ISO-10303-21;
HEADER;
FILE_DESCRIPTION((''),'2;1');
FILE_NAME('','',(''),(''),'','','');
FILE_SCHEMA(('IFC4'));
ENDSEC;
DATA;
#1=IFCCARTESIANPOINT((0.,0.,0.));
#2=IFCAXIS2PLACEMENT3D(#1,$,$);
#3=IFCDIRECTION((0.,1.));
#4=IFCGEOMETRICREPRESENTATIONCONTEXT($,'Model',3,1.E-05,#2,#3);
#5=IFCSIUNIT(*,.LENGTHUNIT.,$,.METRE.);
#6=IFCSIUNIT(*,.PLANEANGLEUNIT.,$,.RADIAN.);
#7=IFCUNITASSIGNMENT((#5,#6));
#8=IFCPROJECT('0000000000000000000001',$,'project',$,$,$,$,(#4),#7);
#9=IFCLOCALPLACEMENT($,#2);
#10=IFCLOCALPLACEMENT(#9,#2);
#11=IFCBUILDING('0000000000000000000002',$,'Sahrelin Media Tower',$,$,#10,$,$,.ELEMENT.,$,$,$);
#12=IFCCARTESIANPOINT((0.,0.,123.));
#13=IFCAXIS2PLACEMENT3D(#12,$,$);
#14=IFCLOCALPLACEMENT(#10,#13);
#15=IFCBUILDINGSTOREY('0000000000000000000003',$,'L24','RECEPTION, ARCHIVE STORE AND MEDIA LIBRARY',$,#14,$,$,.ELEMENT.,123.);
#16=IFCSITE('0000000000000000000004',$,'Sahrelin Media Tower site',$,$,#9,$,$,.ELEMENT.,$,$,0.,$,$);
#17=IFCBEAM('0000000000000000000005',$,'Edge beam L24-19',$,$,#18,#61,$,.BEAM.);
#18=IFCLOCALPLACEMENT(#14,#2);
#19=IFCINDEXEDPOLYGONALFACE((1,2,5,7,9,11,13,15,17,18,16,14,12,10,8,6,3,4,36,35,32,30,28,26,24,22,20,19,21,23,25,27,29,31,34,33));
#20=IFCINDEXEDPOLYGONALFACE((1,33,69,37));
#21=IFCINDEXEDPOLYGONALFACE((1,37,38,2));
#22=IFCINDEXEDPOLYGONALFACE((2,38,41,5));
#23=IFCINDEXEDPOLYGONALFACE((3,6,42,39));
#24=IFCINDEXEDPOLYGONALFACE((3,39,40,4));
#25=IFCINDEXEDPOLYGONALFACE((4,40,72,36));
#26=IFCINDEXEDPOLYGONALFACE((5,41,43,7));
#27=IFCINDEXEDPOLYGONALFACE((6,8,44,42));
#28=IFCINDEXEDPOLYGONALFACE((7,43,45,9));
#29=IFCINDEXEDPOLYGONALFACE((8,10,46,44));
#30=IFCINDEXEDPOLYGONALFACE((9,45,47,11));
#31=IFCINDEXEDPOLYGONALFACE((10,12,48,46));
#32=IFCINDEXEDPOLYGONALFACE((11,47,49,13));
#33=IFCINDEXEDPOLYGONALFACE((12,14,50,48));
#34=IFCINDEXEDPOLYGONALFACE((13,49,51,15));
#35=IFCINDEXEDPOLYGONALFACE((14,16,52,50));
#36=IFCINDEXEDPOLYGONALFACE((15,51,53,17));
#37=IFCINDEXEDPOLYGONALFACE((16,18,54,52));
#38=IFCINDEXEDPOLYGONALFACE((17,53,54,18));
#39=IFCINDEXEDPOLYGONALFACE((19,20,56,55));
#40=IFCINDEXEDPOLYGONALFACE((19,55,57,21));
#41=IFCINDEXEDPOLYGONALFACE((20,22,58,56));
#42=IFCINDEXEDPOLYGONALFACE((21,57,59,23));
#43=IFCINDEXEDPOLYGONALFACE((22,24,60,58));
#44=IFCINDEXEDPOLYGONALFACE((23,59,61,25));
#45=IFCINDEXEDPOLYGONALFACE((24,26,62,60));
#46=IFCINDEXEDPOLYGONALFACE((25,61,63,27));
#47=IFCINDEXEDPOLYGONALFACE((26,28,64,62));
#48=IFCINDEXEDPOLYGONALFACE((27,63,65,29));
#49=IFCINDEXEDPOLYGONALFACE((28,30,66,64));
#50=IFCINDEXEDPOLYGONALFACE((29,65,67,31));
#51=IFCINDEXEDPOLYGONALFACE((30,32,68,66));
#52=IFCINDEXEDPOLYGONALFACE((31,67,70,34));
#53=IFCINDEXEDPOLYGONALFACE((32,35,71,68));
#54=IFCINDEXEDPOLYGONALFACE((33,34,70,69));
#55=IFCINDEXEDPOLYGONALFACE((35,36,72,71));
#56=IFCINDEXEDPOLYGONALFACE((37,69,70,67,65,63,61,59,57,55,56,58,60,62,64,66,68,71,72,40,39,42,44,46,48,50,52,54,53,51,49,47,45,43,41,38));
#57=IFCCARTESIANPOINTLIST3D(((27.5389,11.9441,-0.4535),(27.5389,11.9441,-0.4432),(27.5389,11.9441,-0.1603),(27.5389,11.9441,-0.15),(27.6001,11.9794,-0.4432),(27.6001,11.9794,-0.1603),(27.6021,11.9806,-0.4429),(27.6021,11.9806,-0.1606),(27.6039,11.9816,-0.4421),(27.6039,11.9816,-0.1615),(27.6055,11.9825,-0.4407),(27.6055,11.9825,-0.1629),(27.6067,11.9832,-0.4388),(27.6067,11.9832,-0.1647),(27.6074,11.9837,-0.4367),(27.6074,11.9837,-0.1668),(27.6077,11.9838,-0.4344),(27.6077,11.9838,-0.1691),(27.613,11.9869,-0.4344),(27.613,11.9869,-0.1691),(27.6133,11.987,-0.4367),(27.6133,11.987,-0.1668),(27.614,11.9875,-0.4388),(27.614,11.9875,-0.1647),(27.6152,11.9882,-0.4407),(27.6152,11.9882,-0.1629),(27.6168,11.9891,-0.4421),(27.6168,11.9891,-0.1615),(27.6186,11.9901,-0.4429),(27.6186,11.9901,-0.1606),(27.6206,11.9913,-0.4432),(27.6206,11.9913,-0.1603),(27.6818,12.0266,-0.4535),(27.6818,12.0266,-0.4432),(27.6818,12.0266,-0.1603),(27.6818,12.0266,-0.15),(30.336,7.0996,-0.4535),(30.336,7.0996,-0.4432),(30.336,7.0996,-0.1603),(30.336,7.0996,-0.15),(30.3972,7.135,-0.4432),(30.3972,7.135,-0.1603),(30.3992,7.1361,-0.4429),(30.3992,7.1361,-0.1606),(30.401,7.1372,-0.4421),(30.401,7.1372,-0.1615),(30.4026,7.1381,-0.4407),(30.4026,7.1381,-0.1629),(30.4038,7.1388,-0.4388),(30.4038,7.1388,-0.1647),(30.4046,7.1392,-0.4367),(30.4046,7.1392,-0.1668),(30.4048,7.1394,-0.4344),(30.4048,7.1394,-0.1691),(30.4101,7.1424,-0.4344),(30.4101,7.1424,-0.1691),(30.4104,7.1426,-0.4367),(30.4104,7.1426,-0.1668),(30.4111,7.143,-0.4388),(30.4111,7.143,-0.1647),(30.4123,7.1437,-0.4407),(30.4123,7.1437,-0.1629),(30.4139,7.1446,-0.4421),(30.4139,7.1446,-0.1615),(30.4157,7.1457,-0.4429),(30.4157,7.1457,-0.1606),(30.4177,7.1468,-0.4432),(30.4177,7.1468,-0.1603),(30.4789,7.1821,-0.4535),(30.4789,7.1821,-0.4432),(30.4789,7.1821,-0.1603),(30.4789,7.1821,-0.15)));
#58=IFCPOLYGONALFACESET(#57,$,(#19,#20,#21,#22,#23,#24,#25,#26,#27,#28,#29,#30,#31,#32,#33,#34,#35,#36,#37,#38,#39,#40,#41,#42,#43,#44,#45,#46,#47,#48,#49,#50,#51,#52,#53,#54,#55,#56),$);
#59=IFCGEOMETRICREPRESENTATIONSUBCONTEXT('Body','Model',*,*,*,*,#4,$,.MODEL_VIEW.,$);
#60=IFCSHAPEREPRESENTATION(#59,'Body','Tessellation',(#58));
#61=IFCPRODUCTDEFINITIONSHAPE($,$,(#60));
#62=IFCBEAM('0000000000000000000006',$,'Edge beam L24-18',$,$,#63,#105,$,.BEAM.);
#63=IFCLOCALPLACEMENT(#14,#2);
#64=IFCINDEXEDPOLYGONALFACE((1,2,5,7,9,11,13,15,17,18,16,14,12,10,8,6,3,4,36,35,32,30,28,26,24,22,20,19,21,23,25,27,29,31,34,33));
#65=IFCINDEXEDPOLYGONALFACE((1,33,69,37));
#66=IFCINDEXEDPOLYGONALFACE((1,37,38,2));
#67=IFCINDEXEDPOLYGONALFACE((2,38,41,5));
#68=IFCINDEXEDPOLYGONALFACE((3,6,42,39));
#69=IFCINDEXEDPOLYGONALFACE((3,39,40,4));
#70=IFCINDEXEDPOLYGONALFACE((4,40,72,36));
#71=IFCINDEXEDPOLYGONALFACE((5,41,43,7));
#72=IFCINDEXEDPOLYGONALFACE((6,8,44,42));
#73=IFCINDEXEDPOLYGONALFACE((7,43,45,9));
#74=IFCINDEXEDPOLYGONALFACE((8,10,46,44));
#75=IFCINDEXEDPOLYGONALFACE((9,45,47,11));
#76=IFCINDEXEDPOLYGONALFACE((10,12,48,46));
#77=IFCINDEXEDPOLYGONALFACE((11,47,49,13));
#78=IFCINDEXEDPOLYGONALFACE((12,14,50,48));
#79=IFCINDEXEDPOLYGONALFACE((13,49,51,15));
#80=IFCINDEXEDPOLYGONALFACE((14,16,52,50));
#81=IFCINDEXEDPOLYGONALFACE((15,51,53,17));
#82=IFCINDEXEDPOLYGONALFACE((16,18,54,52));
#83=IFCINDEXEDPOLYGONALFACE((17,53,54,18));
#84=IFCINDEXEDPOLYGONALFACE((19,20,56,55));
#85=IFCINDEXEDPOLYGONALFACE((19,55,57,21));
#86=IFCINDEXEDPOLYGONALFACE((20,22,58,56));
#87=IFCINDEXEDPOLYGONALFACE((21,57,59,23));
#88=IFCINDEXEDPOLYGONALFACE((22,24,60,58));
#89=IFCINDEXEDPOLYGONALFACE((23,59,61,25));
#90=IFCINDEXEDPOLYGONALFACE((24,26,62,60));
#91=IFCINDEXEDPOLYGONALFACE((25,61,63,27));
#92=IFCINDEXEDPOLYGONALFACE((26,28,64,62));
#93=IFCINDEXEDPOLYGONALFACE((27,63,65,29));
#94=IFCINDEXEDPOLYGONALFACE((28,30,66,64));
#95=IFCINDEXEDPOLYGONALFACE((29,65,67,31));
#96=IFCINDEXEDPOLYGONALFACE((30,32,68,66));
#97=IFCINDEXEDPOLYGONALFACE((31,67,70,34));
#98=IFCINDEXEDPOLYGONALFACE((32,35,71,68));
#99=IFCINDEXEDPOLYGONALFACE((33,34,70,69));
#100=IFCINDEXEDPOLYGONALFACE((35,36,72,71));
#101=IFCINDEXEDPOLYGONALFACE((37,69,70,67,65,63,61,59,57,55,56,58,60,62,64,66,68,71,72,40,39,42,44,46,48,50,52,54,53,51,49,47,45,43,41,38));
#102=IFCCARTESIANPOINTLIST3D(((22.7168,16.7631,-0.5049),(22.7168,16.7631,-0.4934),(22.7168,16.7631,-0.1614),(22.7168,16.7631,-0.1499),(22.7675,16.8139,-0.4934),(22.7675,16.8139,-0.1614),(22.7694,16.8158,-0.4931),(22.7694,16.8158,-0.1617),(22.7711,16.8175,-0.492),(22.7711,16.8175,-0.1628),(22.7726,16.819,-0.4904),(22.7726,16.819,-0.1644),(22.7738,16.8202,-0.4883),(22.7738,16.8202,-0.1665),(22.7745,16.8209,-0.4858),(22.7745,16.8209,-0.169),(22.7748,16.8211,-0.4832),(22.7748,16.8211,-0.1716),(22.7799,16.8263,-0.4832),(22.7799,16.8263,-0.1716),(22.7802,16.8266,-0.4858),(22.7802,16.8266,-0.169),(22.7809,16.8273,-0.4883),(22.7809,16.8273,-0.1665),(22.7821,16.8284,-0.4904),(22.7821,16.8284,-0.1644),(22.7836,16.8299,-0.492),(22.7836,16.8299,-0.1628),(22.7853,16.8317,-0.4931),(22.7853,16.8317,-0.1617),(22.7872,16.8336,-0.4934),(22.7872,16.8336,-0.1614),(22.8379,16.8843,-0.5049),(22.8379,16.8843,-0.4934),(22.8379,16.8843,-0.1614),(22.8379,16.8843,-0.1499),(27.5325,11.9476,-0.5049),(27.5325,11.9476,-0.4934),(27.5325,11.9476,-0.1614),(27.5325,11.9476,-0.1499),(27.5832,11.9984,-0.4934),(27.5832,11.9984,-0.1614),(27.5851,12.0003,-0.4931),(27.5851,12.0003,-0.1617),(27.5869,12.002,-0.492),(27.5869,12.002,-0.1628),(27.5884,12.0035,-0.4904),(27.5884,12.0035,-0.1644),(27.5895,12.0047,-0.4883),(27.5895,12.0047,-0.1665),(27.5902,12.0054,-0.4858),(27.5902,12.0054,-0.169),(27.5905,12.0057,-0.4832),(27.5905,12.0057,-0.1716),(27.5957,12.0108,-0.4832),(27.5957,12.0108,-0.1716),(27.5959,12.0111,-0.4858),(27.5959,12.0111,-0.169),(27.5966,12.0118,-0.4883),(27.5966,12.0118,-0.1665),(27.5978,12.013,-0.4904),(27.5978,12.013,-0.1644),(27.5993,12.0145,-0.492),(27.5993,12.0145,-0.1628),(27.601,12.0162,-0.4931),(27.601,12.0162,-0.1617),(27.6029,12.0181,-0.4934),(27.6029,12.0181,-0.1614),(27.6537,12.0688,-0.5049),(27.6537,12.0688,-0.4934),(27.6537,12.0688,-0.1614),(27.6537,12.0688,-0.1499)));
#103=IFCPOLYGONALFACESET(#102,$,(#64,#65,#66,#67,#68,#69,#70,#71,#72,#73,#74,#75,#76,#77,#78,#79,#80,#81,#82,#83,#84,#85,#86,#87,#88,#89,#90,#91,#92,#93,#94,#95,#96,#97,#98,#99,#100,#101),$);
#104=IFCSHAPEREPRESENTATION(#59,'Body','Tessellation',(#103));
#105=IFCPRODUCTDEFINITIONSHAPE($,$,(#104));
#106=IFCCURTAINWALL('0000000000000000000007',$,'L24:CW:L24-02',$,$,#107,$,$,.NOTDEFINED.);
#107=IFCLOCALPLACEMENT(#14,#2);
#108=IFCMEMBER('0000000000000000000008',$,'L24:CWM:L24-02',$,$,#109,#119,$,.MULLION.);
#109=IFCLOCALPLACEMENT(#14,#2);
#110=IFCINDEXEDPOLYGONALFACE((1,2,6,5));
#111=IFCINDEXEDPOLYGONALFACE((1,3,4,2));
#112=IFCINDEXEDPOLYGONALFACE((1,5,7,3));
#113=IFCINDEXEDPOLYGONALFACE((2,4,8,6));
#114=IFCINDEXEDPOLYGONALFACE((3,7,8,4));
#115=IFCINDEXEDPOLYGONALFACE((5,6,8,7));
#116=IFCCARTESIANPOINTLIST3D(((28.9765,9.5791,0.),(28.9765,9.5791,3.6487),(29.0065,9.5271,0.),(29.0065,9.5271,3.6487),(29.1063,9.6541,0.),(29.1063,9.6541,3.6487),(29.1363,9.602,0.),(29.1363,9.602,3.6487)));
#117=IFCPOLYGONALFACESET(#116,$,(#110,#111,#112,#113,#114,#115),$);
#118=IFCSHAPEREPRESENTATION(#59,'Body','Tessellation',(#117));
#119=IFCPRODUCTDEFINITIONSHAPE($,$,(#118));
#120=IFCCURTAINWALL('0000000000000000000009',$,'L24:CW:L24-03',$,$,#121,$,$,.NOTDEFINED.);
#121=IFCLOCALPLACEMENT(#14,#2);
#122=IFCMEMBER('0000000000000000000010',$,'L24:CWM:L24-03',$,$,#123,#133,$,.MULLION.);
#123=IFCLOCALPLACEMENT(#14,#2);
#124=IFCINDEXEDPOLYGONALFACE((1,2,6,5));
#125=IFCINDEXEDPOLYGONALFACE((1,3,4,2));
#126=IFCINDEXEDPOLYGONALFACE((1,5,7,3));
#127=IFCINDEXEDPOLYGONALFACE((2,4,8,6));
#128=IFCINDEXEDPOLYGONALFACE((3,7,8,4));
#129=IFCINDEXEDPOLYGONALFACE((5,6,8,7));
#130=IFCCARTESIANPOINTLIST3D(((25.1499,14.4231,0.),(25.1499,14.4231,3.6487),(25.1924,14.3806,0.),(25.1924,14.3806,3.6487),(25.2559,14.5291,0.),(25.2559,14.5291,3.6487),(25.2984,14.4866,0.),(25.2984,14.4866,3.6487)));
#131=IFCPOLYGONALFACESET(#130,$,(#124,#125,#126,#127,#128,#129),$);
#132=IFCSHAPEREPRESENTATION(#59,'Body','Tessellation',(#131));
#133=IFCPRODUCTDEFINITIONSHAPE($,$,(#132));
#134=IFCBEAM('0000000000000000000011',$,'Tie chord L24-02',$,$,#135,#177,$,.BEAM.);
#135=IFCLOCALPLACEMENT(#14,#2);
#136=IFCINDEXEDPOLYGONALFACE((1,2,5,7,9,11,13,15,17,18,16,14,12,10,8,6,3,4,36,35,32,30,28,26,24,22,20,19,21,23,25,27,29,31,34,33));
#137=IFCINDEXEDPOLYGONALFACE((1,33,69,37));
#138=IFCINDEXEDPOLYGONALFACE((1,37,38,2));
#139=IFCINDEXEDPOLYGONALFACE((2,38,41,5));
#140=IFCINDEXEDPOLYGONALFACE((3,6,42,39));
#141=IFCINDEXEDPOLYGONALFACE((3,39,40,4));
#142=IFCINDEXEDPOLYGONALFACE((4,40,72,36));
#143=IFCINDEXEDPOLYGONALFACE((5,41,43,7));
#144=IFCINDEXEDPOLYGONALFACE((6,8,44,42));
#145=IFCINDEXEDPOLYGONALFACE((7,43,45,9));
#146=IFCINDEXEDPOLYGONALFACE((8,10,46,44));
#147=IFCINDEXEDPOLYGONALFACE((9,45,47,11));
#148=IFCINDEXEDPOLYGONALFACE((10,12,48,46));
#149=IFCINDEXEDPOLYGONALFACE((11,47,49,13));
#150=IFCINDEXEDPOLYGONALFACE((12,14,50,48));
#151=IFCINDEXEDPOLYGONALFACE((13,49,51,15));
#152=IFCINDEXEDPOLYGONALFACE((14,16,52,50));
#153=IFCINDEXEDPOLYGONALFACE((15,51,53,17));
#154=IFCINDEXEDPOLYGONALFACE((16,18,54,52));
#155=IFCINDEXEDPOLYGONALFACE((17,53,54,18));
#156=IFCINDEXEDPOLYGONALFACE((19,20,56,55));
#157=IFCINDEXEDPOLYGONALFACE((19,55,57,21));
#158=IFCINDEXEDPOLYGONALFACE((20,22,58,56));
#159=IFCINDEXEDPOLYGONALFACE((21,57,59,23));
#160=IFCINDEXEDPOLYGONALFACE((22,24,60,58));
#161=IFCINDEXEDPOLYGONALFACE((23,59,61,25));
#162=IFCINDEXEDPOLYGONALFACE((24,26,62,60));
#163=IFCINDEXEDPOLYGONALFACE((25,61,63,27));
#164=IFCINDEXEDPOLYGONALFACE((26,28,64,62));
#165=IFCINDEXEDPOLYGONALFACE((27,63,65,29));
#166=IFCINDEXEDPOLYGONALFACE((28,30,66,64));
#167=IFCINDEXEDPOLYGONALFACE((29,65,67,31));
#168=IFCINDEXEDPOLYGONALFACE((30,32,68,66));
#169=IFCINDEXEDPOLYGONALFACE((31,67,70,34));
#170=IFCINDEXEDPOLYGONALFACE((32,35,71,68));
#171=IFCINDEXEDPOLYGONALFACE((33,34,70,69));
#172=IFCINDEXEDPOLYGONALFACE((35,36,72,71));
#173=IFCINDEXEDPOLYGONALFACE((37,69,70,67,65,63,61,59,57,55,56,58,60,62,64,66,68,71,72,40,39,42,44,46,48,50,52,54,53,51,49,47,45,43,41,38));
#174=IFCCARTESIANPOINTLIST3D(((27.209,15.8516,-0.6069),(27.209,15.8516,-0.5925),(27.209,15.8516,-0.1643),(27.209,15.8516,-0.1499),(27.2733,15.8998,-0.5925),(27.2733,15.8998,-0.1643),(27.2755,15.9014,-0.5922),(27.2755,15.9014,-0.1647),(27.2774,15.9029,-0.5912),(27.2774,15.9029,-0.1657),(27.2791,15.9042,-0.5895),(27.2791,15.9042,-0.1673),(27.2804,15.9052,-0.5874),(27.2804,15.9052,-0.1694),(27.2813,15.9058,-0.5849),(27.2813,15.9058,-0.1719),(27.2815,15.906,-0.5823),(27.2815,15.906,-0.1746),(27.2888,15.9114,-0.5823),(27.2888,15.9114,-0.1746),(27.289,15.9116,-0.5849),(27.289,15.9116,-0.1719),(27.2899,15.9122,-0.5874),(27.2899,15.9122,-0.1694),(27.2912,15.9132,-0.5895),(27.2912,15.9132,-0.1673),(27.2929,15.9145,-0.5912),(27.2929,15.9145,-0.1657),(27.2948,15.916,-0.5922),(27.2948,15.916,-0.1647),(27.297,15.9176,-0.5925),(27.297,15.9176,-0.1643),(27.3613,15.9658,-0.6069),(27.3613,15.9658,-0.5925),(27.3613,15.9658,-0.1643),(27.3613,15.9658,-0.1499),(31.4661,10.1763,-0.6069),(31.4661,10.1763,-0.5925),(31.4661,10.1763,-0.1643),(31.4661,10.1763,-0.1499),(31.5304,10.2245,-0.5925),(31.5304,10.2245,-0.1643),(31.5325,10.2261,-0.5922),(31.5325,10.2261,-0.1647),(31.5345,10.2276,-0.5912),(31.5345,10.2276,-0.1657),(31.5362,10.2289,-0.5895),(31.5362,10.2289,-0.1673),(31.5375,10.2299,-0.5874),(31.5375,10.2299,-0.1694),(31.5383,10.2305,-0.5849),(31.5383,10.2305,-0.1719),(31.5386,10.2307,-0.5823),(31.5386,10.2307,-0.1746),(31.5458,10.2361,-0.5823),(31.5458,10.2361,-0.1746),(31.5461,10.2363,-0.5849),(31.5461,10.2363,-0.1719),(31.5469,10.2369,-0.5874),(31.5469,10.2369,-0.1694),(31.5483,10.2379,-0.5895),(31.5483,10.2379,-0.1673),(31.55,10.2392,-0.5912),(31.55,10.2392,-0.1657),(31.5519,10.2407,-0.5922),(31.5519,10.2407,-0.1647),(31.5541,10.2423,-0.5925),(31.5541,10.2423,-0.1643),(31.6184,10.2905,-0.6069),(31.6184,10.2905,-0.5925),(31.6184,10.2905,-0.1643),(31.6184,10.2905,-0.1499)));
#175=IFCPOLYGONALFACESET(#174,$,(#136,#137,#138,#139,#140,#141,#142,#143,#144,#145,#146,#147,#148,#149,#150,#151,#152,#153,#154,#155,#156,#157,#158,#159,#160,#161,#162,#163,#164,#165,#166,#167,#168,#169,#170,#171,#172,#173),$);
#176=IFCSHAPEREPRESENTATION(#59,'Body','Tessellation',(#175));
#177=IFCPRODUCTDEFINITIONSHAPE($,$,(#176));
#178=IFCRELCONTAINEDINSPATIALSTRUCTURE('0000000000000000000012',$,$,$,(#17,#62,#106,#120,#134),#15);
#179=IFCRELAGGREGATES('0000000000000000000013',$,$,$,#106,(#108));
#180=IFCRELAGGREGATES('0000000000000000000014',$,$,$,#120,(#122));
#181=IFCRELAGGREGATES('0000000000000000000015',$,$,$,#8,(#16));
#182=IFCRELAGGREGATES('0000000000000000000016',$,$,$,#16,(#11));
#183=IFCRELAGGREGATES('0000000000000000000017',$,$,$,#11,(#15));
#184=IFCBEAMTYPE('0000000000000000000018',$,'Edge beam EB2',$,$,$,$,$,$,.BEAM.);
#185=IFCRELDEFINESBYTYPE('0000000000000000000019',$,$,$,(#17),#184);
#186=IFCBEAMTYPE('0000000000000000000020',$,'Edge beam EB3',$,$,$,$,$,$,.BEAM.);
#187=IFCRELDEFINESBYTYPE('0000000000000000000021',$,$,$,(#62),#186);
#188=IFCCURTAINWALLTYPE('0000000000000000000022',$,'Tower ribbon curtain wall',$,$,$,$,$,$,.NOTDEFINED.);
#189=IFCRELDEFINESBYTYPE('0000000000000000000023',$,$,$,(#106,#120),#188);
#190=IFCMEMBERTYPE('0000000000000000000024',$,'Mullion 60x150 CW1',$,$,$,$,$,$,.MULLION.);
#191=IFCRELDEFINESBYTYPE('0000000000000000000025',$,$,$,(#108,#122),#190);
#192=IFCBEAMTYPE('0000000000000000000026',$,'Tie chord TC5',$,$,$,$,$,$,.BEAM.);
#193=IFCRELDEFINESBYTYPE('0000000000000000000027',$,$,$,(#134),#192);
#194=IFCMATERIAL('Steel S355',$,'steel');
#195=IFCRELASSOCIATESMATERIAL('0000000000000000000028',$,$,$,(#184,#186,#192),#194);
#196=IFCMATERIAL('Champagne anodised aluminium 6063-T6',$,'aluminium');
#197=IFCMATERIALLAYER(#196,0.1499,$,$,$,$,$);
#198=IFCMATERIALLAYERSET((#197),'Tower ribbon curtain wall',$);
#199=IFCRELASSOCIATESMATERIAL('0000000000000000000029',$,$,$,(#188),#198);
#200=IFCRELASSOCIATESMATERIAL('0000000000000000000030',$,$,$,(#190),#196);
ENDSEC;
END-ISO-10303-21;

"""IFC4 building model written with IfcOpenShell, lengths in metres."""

from ifc_helpers import new_model, si_unit, direction, frame, origin, origin_2d, place, context, subcontext, project, spatial, rectangle, i_section, extrude, material, layer, layer_set, material_profile, profile_set, type_object, element, aggregate, save


model = new_model("IFC4")

# Units and contexts
model_context = context("Model", 3, precision=1e-05, world=origin(), true_north=direction((0.0, 1.0)))
body_context = subcontext(model_context, "Body", "Model", "MODEL_VIEW")
ifc_project = project(units=[si_unit("LENGTHUNIT", "METRE"), si_unit("PLANEANGLEUNIT", "RADIAN")], contexts=[model_context])

# Site, building, storey
site_placement = place(None, origin())
site = spatial("IfcSite", under=ifc_project, at=site_placement, Name="Sahrelin Media Tower site", CompositionType="ELEMENT", RefElevation=0.0)
building_placement = place(site_placement, origin())
building = spatial("IfcBuilding", under=site, at=building_placement, Name="Sahrelin Media Tower", CompositionType="ELEMENT")
storey_placement = place(building_placement, frame((0.0, 0.0, 123.0)))
storey = spatial("IfcBuildingStorey", under=building, at=storey_placement, Name="L24", Description="RECEPTION, ARCHIVE STORE AND MEDIA LIBRARY", CompositionType="ELEMENT", Elevation=123.0)

# Beams
ifc_material_1 = material(Name="Steel S355", Category="steel")
ifc_material_profile_1 = material_profile(ifc_material_1, i_section(OverallWidth=0.165, OverallDepth=0.3035, WebThickness=0.0061, FlangeThickness=0.0103, FilletRadius=0.0088, at=origin_2d()), Name="UB 305x165x40")
ifc_profile_set_1 = profile_set([ifc_material_profile_1], Name="Steel S355")
beam_type_1 = type_object("IfcBeamType", Name="Edge beam EB2", PredefinedType="BEAM", material=ifc_profile_set_1)
beam_1_placement = place(storey_placement, frame((27.6104, 11.9854, -0.3018), z_axis=(0.500021, -0.866013, 0.0), x_axis=(0.866013, 0.500021, 0.0)))
element("IfcBeam", 1, at=beam_1_placement, inside=storey, type_object=beam_type_1, Name="Edge beam L24-19", PredefinedType="BEAM", context=body_context, shape_type="SweptSolid", body=[
    extrude(i_section(OverallWidth=0.165, OverallDepth=0.3035, WebThickness=0.0061, FlangeThickness=0.0103, FilletRadius=0.0088, at=origin_2d()), origin(), (0.0, 0.0, 1.0), 5.594),
])
ifc_material_profile_2 = material_profile(ifc_material_1, i_section(OverallWidth=0.1714, OverallDepth=0.355, WebThickness=0.0073, FlangeThickness=0.0115, FilletRadius=0.0103, at=origin_2d()), Name="UB 356x171x51")
ifc_profile_set_2 = profile_set([ifc_material_profile_2], Name="Steel S355")
beam_type_2 = type_object("IfcBeamType", Name="Edge beam EB3", PredefinedType="BEAM", material=ifc_profile_set_2)
beam_2_placement = place(storey_placement, frame((22.7773, 16.8237, -0.3274), z_axis=(0.707125, -0.707089, 0.0), x_axis=(0.707089, 0.707125, 0.0)))
element("IfcBeam", 2, at=beam_2_placement, inside=storey, type_object=beam_type_2, Name="Edge beam L24-18", PredefinedType="BEAM", context=body_context, shape_type="SweptSolid", body=[
    extrude(i_section(OverallWidth=0.1714, OverallDepth=0.355, WebThickness=0.0073, FlangeThickness=0.0115, FilletRadius=0.0103, at=origin_2d()), origin(), (0.0, 0.0, 1.0), 6.8103),
])

# Curtain walls, members
ifc_material_2 = material(Name="Champagne anodised aluminium 6063-T6", Category="aluminium")
ifc_layer_1 = layer(ifc_material_2, 0.1499)
ifc_layer_set_1 = layer_set([ifc_layer_1], Name="Tower ribbon curtain wall")
curtain_wall_type = type_object("IfcCurtainWallType", Name="Tower ribbon curtain wall", PredefinedType="NOTDEFINED", material=ifc_layer_set_1)
curtain_wall_1_placement = place(storey_placement, frame((29.1389, 9.6382, 0.0), z_axis=(0.0, 0.0, 1.0), x_axis=(1.0, 0.0, 0.0)))
curtain_wall_1 = element("IfcCurtainWall", 3, at=curtain_wall_1_placement, inside=storey, type_object=curtain_wall_type, Name="L24:CW:L24-02", PredefinedType="NOTDEFINED")
ifc_material_profile_3 = material_profile(ifc_material_2, rectangle(XDim=0.0601, YDim=0.1499, at=origin_2d()), Name="Mullion 60x150")
ifc_profile_set_3 = profile_set([ifc_material_profile_3], Name="Champagne anodised aluminium 6063-T6")
member_type_1 = type_object("IfcMemberType", Name="Mullion 60x150 CW1", PredefinedType="MULLION", material=ifc_profile_set_3)
member_1_placement = place(storey_placement, frame((29.0564, 9.5906, 0.0), z_axis=(0.0, 0.0, 1.0), x_axis=(-0.499998, 0.866026, 0.0)))
member_1 = element("IfcMember", 4, at=member_1_placement, type_object=member_type_1, Name="L24:CWM:L24-02", PredefinedType="MULLION", context=body_context, shape_type="SweptSolid", body=[
    extrude(rectangle(XDim=0.0601, YDim=0.1499, at=origin_2d()), origin(), (0.0, 0.0, 1.0), 3.6487),
])
aggregate(curtain_wall_1, [member_1])
curtain_wall_2_placement = place(storey_placement, frame((25.2913, 14.522, 0.0), z_axis=(0.0, 0.0, 1.0), x_axis=(1.0, 0.0, 0.0)))
curtain_wall_2 = element("IfcCurtainWall", 5, at=curtain_wall_2_placement, inside=storey, type_object=curtain_wall_type, Name="L24:CW:L24-03", PredefinedType="NOTDEFINED")
member_2_placement = place(storey_placement, frame((25.2241, 14.4548, 0.0), z_axis=(0.0, 0.0, 1.0), x_axis=(-0.707107, 0.707107, 0.0)))
member_2 = element("IfcMember", 6, at=member_2_placement, type_object=member_type_1, Name="L24:CWM:L24-03", PredefinedType="MULLION", context=body_context, shape_type="SweptSolid", body=[
    extrude(rectangle(XDim=0.0601, YDim=0.1499, at=origin_2d()), origin(), (0.0, 0.0, 1.0), 3.6487),
])

# Beam
ifc_material_profile_4 = material_profile(ifc_material_1, i_section(OverallWidth=0.1904, OverallDepth=0.457, WebThickness=0.009, FlangeThickness=0.0144, FilletRadius=0.0103, at=origin_2d()), Name="UB 457x191x74")
ifc_profile_set_4 = profile_set([ifc_material_profile_4], Name="Steel S355")
beam_type_3 = type_object("IfcBeamType", Name="Tie chord TC5", PredefinedType="BEAM", material=ifc_profile_set_4)
beam_3_placement = place(storey_placement, frame((31.5422, 10.2334, -0.3784), z_axis=(-0.600055, 0.799959, 0.0), x_axis=(-0.799959, -0.600055, 0.0)))
element("IfcBeam", 7, at=beam_3_placement, inside=storey, type_object=beam_type_3, Name="Tie chord L24-02", PredefinedType="BEAM", context=body_context, shape_type="SweptSolid", body=[
    extrude(i_section(OverallWidth=0.1904, OverallDepth=0.457, WebThickness=0.009, FlangeThickness=0.0144, FilletRadius=0.0103, at=origin_2d()), origin(), (0.0, 0.0, 1.0), 7.0945),
])

aggregate(curtain_wall_2, [member_2])

save(model, "model.ifc")
